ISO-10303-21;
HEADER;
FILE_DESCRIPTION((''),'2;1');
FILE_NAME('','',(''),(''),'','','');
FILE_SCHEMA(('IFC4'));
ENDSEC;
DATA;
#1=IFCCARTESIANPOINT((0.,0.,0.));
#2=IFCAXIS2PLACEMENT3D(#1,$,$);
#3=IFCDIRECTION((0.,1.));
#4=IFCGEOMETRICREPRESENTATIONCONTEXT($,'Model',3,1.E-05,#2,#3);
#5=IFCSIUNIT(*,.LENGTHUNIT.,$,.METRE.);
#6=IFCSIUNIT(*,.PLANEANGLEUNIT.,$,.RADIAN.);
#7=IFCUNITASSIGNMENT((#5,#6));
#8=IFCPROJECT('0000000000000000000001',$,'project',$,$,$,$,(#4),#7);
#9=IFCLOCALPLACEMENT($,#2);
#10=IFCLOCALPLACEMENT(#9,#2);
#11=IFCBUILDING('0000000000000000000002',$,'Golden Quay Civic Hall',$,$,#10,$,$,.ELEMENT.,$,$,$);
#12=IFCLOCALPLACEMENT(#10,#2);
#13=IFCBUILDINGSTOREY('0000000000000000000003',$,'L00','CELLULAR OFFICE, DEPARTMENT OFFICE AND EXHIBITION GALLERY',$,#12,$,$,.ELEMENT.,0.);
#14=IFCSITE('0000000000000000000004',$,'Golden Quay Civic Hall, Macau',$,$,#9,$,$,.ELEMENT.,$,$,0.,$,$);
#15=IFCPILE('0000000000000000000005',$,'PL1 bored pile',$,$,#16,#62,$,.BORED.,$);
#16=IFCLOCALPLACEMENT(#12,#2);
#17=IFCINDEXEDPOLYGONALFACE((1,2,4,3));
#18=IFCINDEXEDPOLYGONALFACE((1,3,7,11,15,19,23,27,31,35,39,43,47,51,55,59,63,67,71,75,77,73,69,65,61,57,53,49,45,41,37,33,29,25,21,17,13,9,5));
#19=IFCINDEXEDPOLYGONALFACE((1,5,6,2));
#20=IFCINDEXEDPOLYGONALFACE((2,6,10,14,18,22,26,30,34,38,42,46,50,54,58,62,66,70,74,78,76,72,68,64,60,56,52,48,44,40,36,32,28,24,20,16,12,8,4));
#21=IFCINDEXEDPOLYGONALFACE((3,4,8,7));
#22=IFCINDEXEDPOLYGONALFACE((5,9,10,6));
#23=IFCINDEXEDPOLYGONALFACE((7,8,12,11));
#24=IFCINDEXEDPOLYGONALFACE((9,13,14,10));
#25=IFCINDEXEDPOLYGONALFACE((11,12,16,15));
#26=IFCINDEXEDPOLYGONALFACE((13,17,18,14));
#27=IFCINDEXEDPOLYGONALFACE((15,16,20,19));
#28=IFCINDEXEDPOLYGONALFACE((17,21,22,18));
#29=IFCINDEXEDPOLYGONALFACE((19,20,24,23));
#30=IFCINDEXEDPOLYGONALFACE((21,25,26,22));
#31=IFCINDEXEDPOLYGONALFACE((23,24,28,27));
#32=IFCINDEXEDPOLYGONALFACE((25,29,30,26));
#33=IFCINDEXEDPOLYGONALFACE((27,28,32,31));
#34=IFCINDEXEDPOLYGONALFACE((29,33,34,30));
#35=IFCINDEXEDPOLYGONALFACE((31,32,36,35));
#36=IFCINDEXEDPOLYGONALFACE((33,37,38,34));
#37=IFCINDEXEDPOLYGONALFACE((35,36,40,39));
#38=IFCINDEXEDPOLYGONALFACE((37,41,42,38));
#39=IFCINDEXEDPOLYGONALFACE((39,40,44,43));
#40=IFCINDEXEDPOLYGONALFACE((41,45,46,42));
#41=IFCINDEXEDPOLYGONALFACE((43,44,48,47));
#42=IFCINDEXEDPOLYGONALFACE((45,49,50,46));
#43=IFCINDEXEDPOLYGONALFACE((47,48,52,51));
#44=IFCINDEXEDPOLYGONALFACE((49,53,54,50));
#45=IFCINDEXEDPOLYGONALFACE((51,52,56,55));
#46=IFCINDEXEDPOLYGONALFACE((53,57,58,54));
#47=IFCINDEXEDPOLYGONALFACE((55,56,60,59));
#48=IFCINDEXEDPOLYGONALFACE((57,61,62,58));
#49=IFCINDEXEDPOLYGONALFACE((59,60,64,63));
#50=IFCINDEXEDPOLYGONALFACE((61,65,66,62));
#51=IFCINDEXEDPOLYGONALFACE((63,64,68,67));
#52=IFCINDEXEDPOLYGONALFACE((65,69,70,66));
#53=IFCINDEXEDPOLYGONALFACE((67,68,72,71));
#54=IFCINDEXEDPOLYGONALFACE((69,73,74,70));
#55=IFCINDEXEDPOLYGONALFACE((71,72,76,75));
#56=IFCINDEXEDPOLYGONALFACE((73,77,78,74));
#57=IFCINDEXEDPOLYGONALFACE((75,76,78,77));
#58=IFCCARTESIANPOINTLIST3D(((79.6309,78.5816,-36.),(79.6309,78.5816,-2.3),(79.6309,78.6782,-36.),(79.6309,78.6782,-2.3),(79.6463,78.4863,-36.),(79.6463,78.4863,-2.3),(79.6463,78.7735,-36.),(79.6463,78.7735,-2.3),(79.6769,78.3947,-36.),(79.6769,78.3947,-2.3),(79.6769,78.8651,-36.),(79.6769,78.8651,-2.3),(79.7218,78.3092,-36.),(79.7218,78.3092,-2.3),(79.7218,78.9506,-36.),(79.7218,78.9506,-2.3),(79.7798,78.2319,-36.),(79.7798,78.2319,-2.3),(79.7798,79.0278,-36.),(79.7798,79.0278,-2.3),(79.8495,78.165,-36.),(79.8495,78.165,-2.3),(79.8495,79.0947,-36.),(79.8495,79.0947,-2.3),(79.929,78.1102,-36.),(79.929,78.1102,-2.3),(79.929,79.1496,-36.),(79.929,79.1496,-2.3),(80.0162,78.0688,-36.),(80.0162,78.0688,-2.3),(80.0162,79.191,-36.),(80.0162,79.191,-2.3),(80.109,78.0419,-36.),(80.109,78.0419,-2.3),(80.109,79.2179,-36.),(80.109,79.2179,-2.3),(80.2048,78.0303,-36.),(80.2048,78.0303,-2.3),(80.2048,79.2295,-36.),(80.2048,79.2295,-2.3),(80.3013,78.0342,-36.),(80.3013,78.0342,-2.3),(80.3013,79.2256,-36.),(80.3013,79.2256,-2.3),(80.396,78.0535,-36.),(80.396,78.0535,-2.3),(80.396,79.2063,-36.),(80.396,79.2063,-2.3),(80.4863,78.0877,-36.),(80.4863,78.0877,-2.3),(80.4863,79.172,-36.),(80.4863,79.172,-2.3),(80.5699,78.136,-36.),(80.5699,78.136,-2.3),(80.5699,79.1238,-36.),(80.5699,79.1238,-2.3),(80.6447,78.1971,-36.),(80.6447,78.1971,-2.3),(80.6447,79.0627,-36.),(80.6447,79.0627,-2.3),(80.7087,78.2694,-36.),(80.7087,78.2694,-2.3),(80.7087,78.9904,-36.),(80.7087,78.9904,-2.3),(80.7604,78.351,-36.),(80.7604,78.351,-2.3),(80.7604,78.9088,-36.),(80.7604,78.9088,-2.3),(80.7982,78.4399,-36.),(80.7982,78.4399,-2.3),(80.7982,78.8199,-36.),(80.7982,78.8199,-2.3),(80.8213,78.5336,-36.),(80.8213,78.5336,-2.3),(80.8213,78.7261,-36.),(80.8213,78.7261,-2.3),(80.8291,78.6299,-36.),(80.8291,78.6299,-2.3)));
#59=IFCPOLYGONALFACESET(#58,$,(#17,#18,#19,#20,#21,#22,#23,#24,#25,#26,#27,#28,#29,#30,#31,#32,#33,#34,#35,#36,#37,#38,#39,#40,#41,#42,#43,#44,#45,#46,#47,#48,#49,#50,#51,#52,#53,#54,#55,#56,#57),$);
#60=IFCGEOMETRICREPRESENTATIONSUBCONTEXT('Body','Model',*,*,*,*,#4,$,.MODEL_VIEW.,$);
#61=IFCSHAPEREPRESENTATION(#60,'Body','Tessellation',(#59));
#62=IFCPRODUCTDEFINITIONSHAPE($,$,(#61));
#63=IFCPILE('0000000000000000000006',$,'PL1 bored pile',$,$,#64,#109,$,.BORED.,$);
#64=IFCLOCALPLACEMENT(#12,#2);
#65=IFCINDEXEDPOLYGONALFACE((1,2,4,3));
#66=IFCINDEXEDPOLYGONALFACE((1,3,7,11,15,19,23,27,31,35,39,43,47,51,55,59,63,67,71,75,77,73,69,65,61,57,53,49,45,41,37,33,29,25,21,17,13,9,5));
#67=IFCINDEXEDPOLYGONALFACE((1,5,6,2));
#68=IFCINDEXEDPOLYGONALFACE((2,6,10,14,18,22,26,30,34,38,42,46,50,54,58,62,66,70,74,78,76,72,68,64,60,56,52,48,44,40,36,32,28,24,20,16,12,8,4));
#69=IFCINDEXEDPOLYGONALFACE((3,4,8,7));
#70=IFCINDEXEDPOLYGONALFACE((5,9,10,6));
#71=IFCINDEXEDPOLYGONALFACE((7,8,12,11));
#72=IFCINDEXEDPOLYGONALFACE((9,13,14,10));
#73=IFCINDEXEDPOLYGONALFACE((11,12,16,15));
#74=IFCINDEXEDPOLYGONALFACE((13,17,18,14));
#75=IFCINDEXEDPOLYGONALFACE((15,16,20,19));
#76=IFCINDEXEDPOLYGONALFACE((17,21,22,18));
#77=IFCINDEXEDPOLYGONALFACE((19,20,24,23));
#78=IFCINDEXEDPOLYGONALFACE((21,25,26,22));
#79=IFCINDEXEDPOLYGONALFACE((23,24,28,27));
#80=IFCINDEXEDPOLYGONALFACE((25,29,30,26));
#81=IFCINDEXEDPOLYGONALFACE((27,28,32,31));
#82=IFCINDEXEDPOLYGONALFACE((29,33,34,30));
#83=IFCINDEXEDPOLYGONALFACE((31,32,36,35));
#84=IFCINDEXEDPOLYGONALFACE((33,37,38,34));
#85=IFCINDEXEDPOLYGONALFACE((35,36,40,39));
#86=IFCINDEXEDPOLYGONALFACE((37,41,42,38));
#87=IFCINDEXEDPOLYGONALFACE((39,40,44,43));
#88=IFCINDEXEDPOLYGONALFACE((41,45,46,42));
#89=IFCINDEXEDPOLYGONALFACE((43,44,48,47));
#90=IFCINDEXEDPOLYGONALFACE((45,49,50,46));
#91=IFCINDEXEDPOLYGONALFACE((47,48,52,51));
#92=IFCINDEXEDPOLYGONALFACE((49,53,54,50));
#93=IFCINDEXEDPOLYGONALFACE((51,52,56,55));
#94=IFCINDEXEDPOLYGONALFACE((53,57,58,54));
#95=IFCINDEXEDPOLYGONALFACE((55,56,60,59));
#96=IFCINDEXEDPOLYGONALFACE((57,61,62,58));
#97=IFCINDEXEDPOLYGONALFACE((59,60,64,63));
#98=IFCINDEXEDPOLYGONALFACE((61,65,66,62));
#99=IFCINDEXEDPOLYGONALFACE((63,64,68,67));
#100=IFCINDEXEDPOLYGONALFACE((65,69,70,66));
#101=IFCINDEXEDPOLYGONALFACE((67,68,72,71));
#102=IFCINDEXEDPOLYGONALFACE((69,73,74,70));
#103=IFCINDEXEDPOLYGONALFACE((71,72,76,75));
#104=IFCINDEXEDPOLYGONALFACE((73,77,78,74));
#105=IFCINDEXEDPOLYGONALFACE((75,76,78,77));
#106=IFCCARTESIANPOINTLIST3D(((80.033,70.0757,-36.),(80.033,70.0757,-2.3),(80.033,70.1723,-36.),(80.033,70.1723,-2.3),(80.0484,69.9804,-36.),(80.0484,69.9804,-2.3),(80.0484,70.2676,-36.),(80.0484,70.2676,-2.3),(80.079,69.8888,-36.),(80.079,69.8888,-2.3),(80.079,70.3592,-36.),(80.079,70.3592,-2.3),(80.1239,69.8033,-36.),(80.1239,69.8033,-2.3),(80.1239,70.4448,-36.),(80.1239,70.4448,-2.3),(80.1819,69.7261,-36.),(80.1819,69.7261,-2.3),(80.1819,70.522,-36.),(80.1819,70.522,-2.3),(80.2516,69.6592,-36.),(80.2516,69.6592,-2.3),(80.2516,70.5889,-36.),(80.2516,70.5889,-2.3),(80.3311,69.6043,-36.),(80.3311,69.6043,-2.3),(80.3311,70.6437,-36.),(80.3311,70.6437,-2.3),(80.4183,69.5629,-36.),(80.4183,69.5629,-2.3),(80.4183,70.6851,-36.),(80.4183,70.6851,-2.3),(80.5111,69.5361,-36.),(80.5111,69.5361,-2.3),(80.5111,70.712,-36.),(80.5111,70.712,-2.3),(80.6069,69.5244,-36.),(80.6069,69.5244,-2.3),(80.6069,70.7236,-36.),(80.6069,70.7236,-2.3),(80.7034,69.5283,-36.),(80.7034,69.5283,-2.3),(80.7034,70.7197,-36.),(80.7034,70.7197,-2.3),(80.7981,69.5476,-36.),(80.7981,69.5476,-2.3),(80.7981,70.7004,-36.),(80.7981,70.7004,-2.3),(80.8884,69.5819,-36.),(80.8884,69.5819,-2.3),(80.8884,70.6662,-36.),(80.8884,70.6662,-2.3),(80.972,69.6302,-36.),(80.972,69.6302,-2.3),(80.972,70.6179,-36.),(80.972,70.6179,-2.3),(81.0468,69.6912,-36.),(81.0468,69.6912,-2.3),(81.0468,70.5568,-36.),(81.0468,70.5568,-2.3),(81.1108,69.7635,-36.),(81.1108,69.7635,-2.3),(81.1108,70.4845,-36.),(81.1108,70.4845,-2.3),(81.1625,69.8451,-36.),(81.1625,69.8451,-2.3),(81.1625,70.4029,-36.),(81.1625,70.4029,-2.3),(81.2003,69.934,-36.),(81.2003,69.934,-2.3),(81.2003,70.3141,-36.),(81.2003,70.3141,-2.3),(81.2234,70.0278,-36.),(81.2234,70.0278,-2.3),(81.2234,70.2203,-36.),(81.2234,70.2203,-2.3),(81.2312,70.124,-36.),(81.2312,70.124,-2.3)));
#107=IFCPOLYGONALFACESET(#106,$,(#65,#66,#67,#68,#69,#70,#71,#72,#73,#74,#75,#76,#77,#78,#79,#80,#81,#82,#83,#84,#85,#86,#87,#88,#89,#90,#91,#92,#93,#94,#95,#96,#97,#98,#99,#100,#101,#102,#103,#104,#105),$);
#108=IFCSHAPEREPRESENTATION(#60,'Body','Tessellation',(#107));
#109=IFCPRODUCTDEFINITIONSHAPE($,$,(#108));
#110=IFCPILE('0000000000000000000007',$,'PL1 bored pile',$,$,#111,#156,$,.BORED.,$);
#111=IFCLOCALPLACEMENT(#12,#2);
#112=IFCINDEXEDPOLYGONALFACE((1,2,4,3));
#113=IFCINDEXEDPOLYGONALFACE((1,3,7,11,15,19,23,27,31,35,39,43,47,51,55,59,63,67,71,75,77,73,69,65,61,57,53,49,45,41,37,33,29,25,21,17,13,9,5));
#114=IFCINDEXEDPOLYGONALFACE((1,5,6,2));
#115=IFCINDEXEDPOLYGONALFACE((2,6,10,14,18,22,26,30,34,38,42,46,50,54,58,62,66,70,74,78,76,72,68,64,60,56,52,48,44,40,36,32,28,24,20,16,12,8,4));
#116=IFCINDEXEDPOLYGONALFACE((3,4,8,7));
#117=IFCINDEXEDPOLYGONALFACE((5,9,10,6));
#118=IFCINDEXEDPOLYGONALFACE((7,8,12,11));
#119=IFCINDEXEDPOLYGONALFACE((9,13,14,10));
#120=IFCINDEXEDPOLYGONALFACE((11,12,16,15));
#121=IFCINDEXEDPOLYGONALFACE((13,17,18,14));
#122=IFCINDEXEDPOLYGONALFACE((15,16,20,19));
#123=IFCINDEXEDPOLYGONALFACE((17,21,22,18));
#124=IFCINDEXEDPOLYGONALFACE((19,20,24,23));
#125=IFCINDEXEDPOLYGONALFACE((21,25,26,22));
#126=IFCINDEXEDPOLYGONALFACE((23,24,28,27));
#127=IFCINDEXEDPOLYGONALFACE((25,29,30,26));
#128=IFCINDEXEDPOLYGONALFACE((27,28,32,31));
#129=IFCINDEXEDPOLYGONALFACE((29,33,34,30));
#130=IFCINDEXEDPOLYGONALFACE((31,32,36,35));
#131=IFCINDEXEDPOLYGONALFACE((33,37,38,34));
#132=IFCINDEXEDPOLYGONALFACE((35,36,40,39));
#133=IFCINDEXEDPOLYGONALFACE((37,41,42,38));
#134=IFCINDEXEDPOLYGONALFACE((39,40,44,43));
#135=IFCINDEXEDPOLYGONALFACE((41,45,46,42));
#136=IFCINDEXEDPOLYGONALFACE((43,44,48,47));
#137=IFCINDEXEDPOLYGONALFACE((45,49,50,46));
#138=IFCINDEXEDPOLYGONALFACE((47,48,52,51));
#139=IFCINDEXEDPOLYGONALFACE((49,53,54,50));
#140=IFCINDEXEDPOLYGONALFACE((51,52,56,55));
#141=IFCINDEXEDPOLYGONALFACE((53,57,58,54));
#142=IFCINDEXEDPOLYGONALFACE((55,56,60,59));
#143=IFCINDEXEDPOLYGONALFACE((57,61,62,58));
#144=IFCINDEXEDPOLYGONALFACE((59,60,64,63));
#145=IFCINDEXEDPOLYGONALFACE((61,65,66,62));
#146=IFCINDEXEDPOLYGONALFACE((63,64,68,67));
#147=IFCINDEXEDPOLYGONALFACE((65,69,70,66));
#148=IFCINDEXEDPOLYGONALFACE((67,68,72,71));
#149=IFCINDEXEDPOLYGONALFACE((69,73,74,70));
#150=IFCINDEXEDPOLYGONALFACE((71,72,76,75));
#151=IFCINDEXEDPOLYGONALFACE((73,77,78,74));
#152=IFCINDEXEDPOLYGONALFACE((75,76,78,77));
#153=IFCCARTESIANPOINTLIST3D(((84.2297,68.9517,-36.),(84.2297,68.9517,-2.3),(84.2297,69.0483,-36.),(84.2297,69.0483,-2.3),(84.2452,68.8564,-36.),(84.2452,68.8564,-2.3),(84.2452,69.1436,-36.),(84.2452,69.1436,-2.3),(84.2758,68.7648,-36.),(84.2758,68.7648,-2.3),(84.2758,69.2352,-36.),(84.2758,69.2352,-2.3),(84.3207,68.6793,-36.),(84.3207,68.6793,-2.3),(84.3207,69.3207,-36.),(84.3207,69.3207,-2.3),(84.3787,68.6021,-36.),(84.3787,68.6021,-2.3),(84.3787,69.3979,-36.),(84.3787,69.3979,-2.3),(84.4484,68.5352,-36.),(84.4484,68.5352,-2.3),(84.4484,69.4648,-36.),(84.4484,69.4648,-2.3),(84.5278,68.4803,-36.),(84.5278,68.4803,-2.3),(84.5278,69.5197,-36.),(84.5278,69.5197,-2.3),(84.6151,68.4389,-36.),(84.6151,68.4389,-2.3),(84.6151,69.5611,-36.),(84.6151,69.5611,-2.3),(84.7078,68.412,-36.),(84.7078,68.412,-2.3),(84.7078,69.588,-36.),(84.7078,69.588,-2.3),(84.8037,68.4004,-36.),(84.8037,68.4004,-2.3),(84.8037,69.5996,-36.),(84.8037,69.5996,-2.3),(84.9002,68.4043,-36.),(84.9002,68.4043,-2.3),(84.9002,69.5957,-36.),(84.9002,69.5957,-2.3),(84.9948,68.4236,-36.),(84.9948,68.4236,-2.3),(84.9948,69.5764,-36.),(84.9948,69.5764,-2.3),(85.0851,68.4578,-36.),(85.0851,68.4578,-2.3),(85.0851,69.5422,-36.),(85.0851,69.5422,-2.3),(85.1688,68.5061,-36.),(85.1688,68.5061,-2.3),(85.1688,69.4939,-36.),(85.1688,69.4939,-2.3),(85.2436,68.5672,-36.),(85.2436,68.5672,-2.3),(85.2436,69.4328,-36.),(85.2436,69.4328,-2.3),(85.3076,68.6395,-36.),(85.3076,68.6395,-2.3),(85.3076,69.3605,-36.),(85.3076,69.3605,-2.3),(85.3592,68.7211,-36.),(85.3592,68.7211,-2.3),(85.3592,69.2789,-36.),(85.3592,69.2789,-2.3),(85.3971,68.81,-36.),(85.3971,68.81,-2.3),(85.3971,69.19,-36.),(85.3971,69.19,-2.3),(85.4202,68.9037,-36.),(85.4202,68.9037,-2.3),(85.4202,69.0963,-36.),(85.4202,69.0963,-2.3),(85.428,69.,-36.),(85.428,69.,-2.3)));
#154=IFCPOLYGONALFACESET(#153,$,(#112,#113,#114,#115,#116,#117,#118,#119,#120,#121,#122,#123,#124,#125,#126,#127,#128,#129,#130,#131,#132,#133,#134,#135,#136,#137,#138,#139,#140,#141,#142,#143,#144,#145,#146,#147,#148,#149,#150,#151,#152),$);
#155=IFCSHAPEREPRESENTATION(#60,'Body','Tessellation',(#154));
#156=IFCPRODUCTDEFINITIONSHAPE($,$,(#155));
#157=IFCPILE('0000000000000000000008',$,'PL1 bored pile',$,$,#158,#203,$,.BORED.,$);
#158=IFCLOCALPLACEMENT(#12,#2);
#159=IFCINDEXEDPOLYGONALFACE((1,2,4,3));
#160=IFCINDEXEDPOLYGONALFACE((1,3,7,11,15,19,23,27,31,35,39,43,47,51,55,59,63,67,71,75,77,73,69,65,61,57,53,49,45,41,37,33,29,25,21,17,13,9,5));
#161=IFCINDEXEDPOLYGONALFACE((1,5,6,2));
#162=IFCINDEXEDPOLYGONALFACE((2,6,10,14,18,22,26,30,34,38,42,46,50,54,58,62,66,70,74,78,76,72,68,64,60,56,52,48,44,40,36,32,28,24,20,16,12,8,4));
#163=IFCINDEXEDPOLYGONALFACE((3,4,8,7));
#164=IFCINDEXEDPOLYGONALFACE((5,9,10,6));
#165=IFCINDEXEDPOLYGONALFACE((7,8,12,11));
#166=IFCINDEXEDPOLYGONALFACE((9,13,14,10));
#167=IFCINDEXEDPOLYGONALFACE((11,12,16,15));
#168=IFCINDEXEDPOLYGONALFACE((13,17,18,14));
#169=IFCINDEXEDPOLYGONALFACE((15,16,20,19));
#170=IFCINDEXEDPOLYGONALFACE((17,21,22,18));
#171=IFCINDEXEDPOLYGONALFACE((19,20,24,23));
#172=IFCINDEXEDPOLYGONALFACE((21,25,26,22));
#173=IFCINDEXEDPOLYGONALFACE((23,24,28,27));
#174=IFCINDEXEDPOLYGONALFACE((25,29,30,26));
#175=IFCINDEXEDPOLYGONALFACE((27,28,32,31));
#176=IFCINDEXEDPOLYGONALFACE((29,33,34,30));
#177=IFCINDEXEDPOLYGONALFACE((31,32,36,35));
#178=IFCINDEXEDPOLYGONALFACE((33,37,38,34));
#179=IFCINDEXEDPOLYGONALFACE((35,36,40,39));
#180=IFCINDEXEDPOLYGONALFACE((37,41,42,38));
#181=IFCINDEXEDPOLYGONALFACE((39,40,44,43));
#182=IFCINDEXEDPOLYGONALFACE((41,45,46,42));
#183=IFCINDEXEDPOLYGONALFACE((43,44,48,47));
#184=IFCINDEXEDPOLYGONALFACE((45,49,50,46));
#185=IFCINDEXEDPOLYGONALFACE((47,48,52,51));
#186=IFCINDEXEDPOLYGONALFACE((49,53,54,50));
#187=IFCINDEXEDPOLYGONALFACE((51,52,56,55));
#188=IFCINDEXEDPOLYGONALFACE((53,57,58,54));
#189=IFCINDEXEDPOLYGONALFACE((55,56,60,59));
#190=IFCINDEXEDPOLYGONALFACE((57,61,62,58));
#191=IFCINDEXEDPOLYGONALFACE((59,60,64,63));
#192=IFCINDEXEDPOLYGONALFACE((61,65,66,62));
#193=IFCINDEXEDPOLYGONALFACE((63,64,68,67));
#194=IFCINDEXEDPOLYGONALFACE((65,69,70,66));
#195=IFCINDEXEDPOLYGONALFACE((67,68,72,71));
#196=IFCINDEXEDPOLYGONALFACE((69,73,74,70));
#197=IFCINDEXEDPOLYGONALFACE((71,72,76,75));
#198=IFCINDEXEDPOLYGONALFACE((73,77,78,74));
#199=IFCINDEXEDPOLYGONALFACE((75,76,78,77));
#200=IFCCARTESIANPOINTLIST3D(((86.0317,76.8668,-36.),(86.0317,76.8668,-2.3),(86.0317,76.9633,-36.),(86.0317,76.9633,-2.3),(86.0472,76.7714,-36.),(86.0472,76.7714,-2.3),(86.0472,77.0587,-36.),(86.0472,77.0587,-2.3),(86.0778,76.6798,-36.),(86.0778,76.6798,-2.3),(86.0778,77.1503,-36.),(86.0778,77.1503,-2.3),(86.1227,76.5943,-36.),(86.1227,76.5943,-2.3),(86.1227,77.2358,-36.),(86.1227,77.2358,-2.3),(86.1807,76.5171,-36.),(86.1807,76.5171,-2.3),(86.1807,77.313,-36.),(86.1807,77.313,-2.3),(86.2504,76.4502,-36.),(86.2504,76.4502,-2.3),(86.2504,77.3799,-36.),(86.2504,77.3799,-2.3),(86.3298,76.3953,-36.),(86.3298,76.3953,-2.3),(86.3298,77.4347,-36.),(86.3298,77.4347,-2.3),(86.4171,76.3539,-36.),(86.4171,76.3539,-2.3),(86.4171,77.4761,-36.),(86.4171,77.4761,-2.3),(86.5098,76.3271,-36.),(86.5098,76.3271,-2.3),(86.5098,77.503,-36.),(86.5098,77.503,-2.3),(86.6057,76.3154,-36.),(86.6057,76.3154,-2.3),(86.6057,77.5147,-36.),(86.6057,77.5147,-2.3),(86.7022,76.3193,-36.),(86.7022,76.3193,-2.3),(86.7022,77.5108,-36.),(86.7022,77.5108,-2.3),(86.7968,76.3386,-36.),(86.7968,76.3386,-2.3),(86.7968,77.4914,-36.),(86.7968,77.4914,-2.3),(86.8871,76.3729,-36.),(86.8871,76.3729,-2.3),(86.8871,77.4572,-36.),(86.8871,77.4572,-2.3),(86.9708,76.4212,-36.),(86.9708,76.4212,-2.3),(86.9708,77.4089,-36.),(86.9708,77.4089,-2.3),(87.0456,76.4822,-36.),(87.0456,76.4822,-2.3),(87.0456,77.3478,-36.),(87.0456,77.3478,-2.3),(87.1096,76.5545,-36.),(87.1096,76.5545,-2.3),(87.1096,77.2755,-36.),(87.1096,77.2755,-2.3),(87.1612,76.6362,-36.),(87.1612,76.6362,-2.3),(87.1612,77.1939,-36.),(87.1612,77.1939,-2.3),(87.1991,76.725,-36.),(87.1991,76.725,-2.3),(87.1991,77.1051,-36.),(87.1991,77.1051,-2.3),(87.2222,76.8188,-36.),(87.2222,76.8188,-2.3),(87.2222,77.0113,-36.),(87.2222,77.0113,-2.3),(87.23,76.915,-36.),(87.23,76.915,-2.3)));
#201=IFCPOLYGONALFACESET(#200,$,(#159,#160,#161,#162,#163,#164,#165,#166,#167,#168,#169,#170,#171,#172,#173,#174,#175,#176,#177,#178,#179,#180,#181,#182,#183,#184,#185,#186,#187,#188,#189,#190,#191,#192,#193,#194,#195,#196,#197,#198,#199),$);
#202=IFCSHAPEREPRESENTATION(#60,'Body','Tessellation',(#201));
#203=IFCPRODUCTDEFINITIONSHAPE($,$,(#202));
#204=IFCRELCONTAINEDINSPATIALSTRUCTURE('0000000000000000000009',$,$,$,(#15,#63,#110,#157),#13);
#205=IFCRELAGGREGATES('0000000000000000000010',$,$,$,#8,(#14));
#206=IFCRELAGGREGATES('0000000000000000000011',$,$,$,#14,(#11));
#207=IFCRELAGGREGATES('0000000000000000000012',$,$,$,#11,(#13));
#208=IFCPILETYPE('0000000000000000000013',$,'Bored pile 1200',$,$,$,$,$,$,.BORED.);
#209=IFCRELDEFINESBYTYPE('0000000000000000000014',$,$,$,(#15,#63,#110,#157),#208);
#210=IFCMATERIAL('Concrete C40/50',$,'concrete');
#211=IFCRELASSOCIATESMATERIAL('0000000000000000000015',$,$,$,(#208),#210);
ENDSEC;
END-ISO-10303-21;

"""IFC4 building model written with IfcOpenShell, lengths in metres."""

from ifc_helpers import new_model, si_unit, direction, frame, origin, origin_2d, place, context, subcontext, project, spatial, circle, extrude, material, material_profile, profile_set, type_object, element, save


model = new_model("IFC4")

# Units and contexts
model_context = context("Model", 3, precision=1e-05, world=origin(), true_north=direction((0.0, 1.0)))
body_context = subcontext(model_context, "Body", "Model", "MODEL_VIEW")
ifc_project = project(units=[si_unit("LENGTHUNIT", "METRE"), si_unit("PLANEANGLEUNIT", "RADIAN")], contexts=[model_context])

# Site, building, storey
site_placement = place(None, origin())
site = spatial("IfcSite", under=ifc_project, at=site_placement, Name="Golden Quay Civic Hall, Macau", CompositionType="ELEMENT", RefElevation=0.0)
building_placement = place(site_placement, origin())
building = spatial("IfcBuilding", under=site, at=building_placement, Name="Golden Quay Civic Hall", CompositionType="ELEMENT")
storey_placement = place(building_placement, origin())
storey = spatial("IfcBuildingStorey", under=building, at=storey_placement, Name="L00", Description="CELLULAR OFFICE, DEPARTMENT OFFICE AND EXHIBITION GALLERY", CompositionType="ELEMENT", Elevation=0.0)

# Piles
ifc_material_1 = material(Name="Concrete C40/50", Category="concrete")
ifc_material_profile_1 = material_profile(ifc_material_1, circle(Radius=0.6001, at=origin_2d()), Name="RC D1200")
ifc_profile_set_1 = profile_set([ifc_material_profile_1], Name="Concrete C40/50")
pile_type = type_object("IfcPileType", Name="Bored pile 1200", PredefinedType="BORED", material=ifc_profile_set_1)
for number, where, z_axis, x_axis, name in (
    (1, (80.229, 78.6299, -2.3), (0.0, 0.0, -1.0), (1.0, 0.0, 0.0), "PL1 bored pile"),
    (2, (80.6311, 70.124, -2.3), (0.0, 0.0, -1.0), (1.0, 0.0, 0.0), "PL1 bored pile"),
    (3, (84.8279, 69.0, -2.3), (0.0, 0.0, -1.0), (1.0, 0.0, 0.0), "PL1 bored pile"),
    (4, (86.6299, 76.915, -2.3), (0.0, 0.0, -1.0), (1.0, 0.0, 0.0), "PL1 bored pile"),
):
    element("IfcPile", number, at=place(storey_placement, frame(where, z_axis=z_axis, x_axis=x_axis)), inside=storey, type_object=pile_type, Name=name, PredefinedType="BORED", context=body_context, shape_type="SweptSolid", body=[
        extrude(circle(Radius=0.6001, at=origin_2d()), origin(), (0.0, 0.0, 1.0), 33.7),
    ])

save(model, "model.ifc")
